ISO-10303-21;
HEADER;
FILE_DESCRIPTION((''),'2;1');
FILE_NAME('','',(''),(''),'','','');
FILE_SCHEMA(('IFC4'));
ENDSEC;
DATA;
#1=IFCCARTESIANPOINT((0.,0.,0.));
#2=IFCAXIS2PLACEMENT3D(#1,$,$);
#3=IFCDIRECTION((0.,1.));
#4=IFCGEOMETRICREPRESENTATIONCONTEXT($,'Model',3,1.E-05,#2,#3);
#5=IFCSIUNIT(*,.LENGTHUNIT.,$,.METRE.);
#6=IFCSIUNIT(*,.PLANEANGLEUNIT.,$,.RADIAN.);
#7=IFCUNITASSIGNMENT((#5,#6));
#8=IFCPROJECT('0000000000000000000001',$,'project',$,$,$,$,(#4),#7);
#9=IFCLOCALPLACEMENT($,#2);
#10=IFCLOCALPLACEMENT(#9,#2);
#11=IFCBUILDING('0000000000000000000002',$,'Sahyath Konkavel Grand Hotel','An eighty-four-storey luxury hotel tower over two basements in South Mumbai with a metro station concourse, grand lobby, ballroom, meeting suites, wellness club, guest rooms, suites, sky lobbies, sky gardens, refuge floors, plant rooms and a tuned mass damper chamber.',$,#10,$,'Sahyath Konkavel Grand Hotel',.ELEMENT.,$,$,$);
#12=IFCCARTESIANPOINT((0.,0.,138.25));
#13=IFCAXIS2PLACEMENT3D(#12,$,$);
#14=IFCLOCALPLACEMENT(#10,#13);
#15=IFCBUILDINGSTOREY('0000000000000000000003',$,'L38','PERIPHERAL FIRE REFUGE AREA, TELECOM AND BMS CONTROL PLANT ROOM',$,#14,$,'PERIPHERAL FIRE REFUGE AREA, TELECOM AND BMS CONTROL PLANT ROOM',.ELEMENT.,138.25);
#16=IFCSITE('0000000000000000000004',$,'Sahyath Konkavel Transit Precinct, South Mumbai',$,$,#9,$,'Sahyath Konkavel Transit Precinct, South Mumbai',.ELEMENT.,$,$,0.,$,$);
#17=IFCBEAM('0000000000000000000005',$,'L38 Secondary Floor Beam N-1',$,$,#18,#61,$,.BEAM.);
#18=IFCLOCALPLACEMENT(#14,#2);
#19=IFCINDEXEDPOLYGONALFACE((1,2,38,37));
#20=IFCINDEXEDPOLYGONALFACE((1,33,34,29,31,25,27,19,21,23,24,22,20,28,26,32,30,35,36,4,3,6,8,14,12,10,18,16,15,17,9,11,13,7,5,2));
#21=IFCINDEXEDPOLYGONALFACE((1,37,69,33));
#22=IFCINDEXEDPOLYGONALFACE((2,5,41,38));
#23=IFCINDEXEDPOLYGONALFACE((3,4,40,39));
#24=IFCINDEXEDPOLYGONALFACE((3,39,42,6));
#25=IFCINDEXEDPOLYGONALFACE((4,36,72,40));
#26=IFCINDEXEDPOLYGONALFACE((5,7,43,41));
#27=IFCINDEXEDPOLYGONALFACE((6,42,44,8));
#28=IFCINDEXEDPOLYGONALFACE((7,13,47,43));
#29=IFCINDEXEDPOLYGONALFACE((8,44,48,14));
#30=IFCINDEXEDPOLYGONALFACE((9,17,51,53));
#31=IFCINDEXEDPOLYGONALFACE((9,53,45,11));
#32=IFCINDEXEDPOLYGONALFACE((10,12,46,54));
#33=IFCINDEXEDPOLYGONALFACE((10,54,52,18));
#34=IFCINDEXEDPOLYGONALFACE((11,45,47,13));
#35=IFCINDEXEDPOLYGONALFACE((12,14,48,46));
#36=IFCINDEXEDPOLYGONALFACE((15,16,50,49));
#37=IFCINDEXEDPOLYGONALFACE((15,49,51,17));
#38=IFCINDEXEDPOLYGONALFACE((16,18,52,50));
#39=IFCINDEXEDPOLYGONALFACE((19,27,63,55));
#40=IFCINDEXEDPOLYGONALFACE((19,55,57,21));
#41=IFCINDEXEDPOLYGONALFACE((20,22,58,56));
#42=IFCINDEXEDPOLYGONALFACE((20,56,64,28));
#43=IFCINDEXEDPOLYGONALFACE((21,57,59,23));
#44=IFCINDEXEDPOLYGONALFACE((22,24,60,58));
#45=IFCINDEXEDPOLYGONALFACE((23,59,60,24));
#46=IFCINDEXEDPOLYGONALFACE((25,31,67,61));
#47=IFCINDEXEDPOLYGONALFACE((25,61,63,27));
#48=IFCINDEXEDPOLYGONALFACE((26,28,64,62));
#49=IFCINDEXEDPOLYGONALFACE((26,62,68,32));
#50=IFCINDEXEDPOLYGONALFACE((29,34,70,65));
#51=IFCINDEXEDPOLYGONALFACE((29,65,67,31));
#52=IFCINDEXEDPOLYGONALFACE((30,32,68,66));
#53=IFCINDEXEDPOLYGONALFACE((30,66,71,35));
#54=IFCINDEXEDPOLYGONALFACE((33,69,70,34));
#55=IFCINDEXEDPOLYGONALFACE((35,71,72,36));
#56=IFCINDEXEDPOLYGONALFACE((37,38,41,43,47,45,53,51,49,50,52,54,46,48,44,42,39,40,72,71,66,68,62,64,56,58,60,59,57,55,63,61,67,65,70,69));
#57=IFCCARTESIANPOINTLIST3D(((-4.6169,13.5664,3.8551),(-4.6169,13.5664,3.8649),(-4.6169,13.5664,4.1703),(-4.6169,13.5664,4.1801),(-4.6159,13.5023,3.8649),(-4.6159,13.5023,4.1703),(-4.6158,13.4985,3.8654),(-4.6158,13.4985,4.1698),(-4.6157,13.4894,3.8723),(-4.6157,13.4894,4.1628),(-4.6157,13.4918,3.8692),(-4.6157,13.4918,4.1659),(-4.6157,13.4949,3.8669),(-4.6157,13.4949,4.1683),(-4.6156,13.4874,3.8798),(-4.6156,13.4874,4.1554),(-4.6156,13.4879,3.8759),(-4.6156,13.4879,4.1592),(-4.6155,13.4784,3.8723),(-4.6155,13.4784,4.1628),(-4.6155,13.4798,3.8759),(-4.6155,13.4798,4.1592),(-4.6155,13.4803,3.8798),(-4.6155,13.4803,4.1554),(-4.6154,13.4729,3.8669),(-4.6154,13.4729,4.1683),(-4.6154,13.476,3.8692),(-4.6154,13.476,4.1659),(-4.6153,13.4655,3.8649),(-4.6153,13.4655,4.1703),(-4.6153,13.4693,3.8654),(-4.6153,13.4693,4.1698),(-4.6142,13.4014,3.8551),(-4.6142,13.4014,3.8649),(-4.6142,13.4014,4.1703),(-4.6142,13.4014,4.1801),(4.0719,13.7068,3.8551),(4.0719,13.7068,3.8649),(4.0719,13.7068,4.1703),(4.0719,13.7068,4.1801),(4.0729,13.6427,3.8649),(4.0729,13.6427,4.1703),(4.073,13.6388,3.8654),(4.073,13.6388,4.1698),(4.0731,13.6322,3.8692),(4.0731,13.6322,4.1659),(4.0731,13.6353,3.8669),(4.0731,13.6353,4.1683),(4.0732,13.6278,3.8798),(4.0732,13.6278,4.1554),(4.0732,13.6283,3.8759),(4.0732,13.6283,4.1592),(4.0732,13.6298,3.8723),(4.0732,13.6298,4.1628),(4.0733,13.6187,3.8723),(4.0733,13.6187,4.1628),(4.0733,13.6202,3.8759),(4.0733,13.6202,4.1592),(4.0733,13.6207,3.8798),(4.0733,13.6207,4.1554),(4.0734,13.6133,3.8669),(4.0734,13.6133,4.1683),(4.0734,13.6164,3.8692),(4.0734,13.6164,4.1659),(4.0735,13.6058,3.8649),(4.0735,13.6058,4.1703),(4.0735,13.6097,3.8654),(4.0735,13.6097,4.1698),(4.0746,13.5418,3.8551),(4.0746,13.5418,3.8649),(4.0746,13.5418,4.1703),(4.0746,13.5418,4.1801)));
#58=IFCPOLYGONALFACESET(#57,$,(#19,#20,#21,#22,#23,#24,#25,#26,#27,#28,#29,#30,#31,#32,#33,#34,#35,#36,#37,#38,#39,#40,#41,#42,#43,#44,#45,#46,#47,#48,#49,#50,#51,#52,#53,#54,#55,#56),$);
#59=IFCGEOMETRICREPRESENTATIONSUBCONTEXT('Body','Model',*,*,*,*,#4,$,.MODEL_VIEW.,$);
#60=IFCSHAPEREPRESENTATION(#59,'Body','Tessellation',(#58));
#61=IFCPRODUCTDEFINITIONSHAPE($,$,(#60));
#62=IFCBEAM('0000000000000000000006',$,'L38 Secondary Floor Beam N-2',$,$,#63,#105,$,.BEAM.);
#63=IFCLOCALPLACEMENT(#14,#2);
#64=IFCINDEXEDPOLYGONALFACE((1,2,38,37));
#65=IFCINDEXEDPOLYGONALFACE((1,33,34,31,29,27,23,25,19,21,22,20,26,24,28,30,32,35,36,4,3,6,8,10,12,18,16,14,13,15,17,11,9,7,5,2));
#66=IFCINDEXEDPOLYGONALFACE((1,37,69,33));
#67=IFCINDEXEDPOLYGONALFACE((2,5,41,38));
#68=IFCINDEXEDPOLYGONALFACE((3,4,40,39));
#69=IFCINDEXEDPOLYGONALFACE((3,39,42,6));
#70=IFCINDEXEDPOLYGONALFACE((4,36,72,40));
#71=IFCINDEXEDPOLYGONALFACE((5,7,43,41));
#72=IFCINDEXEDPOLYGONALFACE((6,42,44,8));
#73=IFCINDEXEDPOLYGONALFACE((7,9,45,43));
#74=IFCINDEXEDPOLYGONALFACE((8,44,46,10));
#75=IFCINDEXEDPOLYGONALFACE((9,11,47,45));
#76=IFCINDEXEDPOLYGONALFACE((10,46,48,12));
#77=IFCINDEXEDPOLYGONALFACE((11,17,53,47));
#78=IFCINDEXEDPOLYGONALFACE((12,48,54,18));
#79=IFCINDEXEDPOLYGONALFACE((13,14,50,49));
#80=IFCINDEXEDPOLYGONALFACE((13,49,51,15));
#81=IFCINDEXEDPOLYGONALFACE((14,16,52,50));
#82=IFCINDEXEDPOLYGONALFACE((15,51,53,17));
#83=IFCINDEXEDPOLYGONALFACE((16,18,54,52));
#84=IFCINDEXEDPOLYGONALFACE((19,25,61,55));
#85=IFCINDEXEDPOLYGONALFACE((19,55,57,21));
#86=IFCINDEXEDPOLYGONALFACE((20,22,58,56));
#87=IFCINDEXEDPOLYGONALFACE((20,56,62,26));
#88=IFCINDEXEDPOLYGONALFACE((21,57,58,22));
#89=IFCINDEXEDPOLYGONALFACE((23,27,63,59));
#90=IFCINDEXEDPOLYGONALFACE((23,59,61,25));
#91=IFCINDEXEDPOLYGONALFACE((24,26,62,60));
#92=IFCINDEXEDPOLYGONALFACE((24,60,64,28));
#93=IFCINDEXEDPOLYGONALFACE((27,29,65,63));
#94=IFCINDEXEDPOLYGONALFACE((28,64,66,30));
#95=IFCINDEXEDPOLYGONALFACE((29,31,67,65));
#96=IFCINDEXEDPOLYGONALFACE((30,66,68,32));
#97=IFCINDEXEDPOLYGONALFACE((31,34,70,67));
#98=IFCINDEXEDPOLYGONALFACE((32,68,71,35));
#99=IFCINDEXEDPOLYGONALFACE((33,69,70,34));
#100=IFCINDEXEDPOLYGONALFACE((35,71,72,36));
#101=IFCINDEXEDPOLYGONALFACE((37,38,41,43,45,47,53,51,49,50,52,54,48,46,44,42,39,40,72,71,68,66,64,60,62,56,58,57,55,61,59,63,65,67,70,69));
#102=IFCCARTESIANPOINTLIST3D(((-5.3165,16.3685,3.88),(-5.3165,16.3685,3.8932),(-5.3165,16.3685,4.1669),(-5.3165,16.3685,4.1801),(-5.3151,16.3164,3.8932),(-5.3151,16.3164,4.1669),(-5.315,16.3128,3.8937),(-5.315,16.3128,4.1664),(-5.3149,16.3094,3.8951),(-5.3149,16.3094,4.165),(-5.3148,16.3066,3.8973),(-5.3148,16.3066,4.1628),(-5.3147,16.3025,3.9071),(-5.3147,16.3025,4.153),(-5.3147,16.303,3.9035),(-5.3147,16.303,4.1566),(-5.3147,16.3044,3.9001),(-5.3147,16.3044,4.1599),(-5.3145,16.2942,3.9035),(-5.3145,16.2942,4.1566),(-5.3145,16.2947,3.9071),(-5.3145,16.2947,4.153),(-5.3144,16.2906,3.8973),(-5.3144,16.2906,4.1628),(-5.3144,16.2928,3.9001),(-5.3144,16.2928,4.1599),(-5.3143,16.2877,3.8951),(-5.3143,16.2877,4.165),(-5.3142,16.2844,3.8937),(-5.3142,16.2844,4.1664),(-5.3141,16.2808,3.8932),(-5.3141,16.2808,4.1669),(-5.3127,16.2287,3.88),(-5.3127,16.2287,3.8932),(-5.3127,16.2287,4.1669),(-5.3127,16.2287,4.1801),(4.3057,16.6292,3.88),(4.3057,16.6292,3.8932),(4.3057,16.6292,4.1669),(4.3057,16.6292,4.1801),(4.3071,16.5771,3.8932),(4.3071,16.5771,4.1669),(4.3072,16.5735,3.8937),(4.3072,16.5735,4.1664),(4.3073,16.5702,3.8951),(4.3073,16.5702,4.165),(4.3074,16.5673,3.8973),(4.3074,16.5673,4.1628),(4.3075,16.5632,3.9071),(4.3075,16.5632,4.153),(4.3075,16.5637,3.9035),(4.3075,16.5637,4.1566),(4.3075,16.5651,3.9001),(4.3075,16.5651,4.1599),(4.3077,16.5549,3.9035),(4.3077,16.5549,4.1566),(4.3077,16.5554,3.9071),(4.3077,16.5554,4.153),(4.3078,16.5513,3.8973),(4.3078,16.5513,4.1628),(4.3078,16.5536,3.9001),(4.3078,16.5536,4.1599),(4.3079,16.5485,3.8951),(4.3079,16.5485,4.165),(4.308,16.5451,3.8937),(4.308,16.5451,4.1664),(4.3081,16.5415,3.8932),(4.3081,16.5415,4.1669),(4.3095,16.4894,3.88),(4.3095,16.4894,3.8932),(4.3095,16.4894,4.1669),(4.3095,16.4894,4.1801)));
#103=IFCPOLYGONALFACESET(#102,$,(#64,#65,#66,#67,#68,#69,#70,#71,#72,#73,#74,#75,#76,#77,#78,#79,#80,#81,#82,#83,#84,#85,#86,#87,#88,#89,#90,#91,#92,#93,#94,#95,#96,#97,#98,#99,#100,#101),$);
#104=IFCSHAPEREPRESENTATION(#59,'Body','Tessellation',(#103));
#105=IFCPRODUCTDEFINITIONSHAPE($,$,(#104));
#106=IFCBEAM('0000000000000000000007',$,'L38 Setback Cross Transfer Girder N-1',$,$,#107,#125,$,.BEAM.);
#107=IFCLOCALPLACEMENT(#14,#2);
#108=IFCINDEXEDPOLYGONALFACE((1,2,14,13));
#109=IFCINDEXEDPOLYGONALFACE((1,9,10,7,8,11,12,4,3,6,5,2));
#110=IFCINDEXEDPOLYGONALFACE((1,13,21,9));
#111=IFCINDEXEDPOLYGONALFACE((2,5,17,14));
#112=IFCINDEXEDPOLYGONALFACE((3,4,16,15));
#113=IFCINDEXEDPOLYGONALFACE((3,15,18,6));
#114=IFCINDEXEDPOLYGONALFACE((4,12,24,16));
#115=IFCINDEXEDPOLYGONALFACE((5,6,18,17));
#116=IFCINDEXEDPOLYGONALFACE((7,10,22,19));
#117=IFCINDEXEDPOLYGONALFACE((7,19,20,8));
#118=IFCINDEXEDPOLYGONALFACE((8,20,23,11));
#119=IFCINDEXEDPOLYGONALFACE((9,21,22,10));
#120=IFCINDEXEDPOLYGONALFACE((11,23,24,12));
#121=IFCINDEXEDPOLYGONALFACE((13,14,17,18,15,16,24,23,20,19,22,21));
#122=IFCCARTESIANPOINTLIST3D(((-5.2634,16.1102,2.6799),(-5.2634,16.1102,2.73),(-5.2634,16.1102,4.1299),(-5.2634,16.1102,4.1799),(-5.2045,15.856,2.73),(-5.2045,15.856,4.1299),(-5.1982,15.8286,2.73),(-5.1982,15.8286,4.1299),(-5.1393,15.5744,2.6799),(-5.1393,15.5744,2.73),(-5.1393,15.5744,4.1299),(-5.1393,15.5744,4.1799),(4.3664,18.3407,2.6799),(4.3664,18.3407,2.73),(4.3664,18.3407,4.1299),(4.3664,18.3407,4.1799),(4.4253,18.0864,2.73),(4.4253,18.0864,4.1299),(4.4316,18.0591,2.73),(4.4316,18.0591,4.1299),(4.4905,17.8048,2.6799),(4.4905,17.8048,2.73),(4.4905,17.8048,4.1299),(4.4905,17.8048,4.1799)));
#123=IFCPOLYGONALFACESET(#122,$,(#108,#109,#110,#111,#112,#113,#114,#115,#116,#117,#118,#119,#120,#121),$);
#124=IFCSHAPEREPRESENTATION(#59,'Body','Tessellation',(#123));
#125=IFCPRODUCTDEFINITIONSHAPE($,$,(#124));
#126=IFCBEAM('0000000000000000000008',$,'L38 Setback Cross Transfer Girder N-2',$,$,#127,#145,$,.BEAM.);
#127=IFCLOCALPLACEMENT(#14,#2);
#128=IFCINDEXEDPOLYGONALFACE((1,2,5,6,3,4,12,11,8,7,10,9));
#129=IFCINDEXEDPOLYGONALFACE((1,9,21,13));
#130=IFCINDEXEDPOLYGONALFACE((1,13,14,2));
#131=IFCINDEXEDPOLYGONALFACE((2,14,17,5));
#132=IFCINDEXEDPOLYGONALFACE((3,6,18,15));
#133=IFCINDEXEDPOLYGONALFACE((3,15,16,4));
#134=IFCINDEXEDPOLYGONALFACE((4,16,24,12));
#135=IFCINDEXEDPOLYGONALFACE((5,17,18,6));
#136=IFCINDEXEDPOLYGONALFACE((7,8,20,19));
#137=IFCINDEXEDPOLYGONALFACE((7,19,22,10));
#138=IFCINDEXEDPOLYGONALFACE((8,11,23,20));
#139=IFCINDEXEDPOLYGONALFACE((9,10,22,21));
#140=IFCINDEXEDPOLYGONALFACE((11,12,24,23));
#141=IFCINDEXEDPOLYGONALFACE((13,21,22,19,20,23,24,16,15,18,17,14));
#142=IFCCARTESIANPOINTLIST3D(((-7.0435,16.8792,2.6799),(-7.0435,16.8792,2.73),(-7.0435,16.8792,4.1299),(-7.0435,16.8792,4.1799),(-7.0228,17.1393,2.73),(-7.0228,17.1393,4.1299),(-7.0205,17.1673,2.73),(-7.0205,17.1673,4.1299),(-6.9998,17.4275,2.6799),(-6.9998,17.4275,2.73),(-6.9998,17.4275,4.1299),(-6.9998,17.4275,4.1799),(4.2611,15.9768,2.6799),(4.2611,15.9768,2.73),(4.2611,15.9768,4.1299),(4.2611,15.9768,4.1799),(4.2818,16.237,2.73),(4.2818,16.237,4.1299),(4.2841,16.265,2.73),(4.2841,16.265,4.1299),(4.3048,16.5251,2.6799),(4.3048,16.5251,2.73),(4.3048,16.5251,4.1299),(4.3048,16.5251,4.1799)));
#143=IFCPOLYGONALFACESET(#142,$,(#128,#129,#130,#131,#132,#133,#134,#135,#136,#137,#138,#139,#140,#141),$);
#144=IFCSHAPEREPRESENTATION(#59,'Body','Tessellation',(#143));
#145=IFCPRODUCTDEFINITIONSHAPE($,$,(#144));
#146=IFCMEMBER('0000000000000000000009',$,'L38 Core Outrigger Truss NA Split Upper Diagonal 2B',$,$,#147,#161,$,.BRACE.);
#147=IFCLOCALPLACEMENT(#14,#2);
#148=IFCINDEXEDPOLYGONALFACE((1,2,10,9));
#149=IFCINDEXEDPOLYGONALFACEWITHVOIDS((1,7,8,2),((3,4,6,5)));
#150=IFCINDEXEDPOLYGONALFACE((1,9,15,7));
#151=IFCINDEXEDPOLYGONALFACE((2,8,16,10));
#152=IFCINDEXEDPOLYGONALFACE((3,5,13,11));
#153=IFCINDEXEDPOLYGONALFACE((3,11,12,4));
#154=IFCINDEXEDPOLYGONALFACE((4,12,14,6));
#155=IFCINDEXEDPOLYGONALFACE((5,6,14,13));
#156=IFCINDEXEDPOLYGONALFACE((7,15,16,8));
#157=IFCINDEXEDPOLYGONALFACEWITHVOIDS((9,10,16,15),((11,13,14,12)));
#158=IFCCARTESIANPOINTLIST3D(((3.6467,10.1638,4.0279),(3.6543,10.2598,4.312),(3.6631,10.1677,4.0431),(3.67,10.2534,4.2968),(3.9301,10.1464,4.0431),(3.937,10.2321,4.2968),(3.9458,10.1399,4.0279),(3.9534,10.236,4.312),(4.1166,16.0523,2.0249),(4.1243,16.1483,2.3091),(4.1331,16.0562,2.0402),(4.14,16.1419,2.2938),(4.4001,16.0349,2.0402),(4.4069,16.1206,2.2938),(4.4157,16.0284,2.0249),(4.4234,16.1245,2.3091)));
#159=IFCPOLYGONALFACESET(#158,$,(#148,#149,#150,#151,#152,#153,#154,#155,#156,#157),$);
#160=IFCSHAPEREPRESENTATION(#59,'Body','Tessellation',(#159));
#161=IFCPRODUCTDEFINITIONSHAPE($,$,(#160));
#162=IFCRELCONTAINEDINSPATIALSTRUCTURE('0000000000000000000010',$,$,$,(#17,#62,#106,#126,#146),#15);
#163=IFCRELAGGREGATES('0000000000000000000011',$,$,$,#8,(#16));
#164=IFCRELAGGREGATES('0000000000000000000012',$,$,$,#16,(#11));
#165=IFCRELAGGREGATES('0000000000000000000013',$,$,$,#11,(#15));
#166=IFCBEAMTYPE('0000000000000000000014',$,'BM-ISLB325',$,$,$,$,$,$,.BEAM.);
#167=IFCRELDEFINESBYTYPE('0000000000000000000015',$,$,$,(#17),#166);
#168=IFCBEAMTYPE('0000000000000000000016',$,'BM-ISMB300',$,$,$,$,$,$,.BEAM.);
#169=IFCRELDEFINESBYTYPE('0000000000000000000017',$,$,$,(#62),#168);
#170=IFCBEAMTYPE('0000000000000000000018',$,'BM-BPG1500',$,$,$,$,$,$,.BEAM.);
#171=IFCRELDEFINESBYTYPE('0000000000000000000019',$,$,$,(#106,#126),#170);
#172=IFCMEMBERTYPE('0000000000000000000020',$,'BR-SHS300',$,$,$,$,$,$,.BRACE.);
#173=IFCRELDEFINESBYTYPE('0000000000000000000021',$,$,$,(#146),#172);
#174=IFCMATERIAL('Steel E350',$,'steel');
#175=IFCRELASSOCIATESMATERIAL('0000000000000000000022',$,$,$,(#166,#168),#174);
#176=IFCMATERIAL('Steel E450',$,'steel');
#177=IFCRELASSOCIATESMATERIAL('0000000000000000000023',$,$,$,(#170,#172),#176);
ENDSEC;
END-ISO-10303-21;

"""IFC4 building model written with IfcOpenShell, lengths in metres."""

from ifc_helpers import new_model, si_unit, direction, frame, origin, origin_2d, place, context, subcontext, project, spatial, hollow_rectangle, i_section, extrude, source, transform, mapped, material, material_profile, profile_set, type_object, element, save


model = new_model("IFC4")

# Units and contexts
model_context = context("Model", 3, precision=1e-05, world=origin(), true_north=direction((0.0, 1.0)))
body_context = subcontext(model_context, "Body", "Model", "MODEL_VIEW")
ifc_project = project(units=[si_unit("LENGTHUNIT", "METRE"), si_unit("PLANEANGLEUNIT", "RADIAN")], contexts=[model_context])

# Site, building, storey
site_placement = place(None, origin())
site = spatial("IfcSite", under=ifc_project, at=site_placement, Name="Sahyath Konkavel Transit Precinct, South Mumbai", LongName="Sahyath Konkavel Transit Precinct, South Mumbai", CompositionType="ELEMENT", RefElevation=0.0)
building_placement = place(site_placement, origin())
building = spatial("IfcBuilding", under=site, at=building_placement, Name="Sahyath Konkavel Grand Hotel", Description="An eighty-four-storey luxury hotel tower over two basements in South Mumbai with a metro station concourse, grand lobby, ballroom, meeting suites, wellness club, guest rooms, suites, sky lobbies, sky gardens, refuge floors, plant rooms and a tuned mass damper chamber.", LongName="Sahyath Konkavel Grand Hotel", CompositionType="ELEMENT")
storey_placement = place(building_placement, frame((0.0, 0.0, 138.25)))
storey = spatial("IfcBuildingStorey", under=building, at=storey_placement, Name="L38", Description="PERIPHERAL FIRE REFUGE AREA, TELECOM AND BMS CONTROL PLANT ROOM", LongName="PERIPHERAL FIRE REFUGE AREA, TELECOM AND BMS CONTROL PLANT ROOM", CompositionType="ELEMENT", Elevation=138.25)

# Beams
ifc_material_1 = material(Name="Steel E350", Category="steel")
ifc_material_profile_1 = material_profile(ifc_material_1, i_section(OverallWidth=0.165, OverallDepth=0.325, WebThickness=0.0071, FlangeThickness=0.0098, FilletRadius=0.0149, at=origin_2d()), Name="ISLB 325")
ifc_profile_set_1 = profile_set([ifc_material_profile_1], Name="Steel E350")
beam_type_1 = type_object("IfcBeamType", Name="BM-ISLB325", PredefinedType="BEAM", material=ifc_profile_set_1)
shared_shape_1 = source(origin(), body_context, "Body", "SweptSolid", [
    extrude(i_section(OverallWidth=0.165, OverallDepth=0.325, WebThickness=0.0071, FlangeThickness=0.0098, FilletRadius=0.0149, at=origin_2d()), origin(), (0.0, 0.0, 1.0), 8.6899),
])
beam_1_placement = place(storey_placement, frame((4.0732, 13.6243, 4.0176), z_axis=(-0.99987, -0.016155, 0.0), x_axis=(0.016155, -0.99987, 0.0)))
element("IfcBeam", 1, at=beam_1_placement, inside=storey, type_object=beam_type_1, Name="L38 Secondary Floor Beam N-1", PredefinedType="BEAM", context=body_context, shape_type="MappedRepresentation", body=[
    mapped(shared_shape_1, transform((0.0, 0.0, 0.0), scale=1.0)),
])
ifc_material_profile_2 = material_profile(ifc_material_1, i_section(OverallWidth=0.1399, OverallDepth=0.3, WebThickness=0.0078, FlangeThickness=0.0132, FilletRadius=0.0139, at=origin_2d()), Name="ISMB 300")
ifc_profile_set_2 = profile_set([ifc_material_profile_2], Name="Steel E350")
beam_type_2 = type_object("IfcBeamType", Name="BM-ISMB300", PredefinedType="BEAM", material=ifc_profile_set_2)
shared_shape_2 = source(origin(), body_context, "Body", "SweptSolid", [
    extrude(i_section(OverallWidth=0.1399, OverallDepth=0.3, WebThickness=0.0078, FlangeThickness=0.0132, FilletRadius=0.0139, at=origin_2d()), origin(), (0.0, 0.0, 1.0), 9.6257),
])
beam_2_placement = place(storey_placement, frame((4.3076, 16.5593, 4.03), z_axis=(-0.999633, -0.027088, 0.0), x_axis=(0.027088, -0.999633, 0.0)))
element("IfcBeam", 2, at=beam_2_placement, inside=storey, type_object=beam_type_2, Name="L38 Secondary Floor Beam N-2", PredefinedType="BEAM", context=body_context, shape_type="MappedRepresentation", body=[
    mapped(shared_shape_2, transform((0.0, 0.0, 0.0), scale=1.0)),
])
ifc_material_2 = material(Name="Steel E450", Category="steel")
ifc_material_profile_3 = material_profile(ifc_material_2, i_section(OverallWidth=0.55, OverallDepth=1.5, WebThickness=0.0281, FlangeThickness=0.05, at=origin_2d()), Name="BPG 1500x550")
ifc_profile_set_3 = profile_set([ifc_material_profile_3], Name="Steel E450")
beam_type_3 = type_object("IfcBeamType", Name="BM-BPG1500", PredefinedType="BEAM", material=ifc_profile_set_3)
shared_shape_3 = source(origin(), body_context, "Body", "SweptSolid", [
    extrude(i_section(OverallWidth=0.55, OverallDepth=1.5, WebThickness=0.0281, FlangeThickness=0.05, at=origin_2d()), origin(), (0.0, 0.0, 1.0), 9.8848),
])
beam_3_placement = place(storey_placement, frame((4.4285, 18.0728, 3.4299), z_axis=(-0.974209, -0.225646, 0.0), x_axis=(0.225646, -0.974209, 0.0)))
element("IfcBeam", 3, at=beam_3_placement, inside=storey, type_object=beam_type_3, Name="L38 Setback Cross Transfer Girder N-1", PredefinedType="BEAM", context=body_context, shape_type="MappedRepresentation", body=[
    mapped(shared_shape_3, transform((0.0, 0.0, 0.0), scale=1.0)),
])
shared_shape_4 = source(origin(), body_context, "Body", "SweptSolid", [
    extrude(i_section(OverallWidth=0.55, OverallDepth=1.5, WebThickness=0.0281, FlangeThickness=0.05, at=origin_2d()), origin(), (0.0, 0.0, 1.0), 11.3406),
])
beam_4_placement = place(storey_placement, frame((4.283, 16.251, 3.4299), z_axis=(-0.99683, 0.079567, 0.0), x_axis=(-0.079567, -0.99683, 0.0)))
element("IfcBeam", 4, at=beam_4_placement, inside=storey, type_object=beam_type_3, Name="L38 Setback Cross Transfer Girder N-2", PredefinedType="BEAM", context=body_context, shape_type="MappedRepresentation", body=[
    mapped(shared_shape_4, transform((0.0, 0.0, 0.0), scale=1.0)),
])

# Member
ifc_material_profile_4 = material_profile(ifc_material_2, hollow_rectangle(XDim=0.3, YDim=0.3, WallThickness=0.0161, at=origin_2d()), Name="SHS 300x300x16")
ifc_profile_set_4 = profile_set([ifc_material_profile_4], Name="Steel E450")
member_type_1 = type_object("IfcMemberType", Name="BR-SHS300", PredefinedType="BRACE", material=ifc_profile_set_4)
shared_shape_5 = source(origin(), body_context, "Body", "SweptSolid", [
    extrude(hollow_rectangle(XDim=0.3, YDim=0.3, WallThickness=0.0161, at=origin_2d()), origin(), (0.0, 0.0, 1.0), 6.2375),
])
member_1_placement = place(storey_placement, frame((4.27, 16.0884, 2.167), z_axis=(-0.075346, -0.944039, 0.321112), x_axis=(0.99683, -0.07956, 0.0)))
element("IfcMember", 5, at=member_1_placement, inside=storey, type_object=member_type_1, Name="L38 Core Outrigger Truss NA Split Upper Diagonal 2B", PredefinedType="BRACE", context=body_context, shape_type="MappedRepresentation", body=[
    mapped(shared_shape_5, transform((0.0, 0.0, 0.0), scale=1.0)),
])

save(model, "model.ifc")
